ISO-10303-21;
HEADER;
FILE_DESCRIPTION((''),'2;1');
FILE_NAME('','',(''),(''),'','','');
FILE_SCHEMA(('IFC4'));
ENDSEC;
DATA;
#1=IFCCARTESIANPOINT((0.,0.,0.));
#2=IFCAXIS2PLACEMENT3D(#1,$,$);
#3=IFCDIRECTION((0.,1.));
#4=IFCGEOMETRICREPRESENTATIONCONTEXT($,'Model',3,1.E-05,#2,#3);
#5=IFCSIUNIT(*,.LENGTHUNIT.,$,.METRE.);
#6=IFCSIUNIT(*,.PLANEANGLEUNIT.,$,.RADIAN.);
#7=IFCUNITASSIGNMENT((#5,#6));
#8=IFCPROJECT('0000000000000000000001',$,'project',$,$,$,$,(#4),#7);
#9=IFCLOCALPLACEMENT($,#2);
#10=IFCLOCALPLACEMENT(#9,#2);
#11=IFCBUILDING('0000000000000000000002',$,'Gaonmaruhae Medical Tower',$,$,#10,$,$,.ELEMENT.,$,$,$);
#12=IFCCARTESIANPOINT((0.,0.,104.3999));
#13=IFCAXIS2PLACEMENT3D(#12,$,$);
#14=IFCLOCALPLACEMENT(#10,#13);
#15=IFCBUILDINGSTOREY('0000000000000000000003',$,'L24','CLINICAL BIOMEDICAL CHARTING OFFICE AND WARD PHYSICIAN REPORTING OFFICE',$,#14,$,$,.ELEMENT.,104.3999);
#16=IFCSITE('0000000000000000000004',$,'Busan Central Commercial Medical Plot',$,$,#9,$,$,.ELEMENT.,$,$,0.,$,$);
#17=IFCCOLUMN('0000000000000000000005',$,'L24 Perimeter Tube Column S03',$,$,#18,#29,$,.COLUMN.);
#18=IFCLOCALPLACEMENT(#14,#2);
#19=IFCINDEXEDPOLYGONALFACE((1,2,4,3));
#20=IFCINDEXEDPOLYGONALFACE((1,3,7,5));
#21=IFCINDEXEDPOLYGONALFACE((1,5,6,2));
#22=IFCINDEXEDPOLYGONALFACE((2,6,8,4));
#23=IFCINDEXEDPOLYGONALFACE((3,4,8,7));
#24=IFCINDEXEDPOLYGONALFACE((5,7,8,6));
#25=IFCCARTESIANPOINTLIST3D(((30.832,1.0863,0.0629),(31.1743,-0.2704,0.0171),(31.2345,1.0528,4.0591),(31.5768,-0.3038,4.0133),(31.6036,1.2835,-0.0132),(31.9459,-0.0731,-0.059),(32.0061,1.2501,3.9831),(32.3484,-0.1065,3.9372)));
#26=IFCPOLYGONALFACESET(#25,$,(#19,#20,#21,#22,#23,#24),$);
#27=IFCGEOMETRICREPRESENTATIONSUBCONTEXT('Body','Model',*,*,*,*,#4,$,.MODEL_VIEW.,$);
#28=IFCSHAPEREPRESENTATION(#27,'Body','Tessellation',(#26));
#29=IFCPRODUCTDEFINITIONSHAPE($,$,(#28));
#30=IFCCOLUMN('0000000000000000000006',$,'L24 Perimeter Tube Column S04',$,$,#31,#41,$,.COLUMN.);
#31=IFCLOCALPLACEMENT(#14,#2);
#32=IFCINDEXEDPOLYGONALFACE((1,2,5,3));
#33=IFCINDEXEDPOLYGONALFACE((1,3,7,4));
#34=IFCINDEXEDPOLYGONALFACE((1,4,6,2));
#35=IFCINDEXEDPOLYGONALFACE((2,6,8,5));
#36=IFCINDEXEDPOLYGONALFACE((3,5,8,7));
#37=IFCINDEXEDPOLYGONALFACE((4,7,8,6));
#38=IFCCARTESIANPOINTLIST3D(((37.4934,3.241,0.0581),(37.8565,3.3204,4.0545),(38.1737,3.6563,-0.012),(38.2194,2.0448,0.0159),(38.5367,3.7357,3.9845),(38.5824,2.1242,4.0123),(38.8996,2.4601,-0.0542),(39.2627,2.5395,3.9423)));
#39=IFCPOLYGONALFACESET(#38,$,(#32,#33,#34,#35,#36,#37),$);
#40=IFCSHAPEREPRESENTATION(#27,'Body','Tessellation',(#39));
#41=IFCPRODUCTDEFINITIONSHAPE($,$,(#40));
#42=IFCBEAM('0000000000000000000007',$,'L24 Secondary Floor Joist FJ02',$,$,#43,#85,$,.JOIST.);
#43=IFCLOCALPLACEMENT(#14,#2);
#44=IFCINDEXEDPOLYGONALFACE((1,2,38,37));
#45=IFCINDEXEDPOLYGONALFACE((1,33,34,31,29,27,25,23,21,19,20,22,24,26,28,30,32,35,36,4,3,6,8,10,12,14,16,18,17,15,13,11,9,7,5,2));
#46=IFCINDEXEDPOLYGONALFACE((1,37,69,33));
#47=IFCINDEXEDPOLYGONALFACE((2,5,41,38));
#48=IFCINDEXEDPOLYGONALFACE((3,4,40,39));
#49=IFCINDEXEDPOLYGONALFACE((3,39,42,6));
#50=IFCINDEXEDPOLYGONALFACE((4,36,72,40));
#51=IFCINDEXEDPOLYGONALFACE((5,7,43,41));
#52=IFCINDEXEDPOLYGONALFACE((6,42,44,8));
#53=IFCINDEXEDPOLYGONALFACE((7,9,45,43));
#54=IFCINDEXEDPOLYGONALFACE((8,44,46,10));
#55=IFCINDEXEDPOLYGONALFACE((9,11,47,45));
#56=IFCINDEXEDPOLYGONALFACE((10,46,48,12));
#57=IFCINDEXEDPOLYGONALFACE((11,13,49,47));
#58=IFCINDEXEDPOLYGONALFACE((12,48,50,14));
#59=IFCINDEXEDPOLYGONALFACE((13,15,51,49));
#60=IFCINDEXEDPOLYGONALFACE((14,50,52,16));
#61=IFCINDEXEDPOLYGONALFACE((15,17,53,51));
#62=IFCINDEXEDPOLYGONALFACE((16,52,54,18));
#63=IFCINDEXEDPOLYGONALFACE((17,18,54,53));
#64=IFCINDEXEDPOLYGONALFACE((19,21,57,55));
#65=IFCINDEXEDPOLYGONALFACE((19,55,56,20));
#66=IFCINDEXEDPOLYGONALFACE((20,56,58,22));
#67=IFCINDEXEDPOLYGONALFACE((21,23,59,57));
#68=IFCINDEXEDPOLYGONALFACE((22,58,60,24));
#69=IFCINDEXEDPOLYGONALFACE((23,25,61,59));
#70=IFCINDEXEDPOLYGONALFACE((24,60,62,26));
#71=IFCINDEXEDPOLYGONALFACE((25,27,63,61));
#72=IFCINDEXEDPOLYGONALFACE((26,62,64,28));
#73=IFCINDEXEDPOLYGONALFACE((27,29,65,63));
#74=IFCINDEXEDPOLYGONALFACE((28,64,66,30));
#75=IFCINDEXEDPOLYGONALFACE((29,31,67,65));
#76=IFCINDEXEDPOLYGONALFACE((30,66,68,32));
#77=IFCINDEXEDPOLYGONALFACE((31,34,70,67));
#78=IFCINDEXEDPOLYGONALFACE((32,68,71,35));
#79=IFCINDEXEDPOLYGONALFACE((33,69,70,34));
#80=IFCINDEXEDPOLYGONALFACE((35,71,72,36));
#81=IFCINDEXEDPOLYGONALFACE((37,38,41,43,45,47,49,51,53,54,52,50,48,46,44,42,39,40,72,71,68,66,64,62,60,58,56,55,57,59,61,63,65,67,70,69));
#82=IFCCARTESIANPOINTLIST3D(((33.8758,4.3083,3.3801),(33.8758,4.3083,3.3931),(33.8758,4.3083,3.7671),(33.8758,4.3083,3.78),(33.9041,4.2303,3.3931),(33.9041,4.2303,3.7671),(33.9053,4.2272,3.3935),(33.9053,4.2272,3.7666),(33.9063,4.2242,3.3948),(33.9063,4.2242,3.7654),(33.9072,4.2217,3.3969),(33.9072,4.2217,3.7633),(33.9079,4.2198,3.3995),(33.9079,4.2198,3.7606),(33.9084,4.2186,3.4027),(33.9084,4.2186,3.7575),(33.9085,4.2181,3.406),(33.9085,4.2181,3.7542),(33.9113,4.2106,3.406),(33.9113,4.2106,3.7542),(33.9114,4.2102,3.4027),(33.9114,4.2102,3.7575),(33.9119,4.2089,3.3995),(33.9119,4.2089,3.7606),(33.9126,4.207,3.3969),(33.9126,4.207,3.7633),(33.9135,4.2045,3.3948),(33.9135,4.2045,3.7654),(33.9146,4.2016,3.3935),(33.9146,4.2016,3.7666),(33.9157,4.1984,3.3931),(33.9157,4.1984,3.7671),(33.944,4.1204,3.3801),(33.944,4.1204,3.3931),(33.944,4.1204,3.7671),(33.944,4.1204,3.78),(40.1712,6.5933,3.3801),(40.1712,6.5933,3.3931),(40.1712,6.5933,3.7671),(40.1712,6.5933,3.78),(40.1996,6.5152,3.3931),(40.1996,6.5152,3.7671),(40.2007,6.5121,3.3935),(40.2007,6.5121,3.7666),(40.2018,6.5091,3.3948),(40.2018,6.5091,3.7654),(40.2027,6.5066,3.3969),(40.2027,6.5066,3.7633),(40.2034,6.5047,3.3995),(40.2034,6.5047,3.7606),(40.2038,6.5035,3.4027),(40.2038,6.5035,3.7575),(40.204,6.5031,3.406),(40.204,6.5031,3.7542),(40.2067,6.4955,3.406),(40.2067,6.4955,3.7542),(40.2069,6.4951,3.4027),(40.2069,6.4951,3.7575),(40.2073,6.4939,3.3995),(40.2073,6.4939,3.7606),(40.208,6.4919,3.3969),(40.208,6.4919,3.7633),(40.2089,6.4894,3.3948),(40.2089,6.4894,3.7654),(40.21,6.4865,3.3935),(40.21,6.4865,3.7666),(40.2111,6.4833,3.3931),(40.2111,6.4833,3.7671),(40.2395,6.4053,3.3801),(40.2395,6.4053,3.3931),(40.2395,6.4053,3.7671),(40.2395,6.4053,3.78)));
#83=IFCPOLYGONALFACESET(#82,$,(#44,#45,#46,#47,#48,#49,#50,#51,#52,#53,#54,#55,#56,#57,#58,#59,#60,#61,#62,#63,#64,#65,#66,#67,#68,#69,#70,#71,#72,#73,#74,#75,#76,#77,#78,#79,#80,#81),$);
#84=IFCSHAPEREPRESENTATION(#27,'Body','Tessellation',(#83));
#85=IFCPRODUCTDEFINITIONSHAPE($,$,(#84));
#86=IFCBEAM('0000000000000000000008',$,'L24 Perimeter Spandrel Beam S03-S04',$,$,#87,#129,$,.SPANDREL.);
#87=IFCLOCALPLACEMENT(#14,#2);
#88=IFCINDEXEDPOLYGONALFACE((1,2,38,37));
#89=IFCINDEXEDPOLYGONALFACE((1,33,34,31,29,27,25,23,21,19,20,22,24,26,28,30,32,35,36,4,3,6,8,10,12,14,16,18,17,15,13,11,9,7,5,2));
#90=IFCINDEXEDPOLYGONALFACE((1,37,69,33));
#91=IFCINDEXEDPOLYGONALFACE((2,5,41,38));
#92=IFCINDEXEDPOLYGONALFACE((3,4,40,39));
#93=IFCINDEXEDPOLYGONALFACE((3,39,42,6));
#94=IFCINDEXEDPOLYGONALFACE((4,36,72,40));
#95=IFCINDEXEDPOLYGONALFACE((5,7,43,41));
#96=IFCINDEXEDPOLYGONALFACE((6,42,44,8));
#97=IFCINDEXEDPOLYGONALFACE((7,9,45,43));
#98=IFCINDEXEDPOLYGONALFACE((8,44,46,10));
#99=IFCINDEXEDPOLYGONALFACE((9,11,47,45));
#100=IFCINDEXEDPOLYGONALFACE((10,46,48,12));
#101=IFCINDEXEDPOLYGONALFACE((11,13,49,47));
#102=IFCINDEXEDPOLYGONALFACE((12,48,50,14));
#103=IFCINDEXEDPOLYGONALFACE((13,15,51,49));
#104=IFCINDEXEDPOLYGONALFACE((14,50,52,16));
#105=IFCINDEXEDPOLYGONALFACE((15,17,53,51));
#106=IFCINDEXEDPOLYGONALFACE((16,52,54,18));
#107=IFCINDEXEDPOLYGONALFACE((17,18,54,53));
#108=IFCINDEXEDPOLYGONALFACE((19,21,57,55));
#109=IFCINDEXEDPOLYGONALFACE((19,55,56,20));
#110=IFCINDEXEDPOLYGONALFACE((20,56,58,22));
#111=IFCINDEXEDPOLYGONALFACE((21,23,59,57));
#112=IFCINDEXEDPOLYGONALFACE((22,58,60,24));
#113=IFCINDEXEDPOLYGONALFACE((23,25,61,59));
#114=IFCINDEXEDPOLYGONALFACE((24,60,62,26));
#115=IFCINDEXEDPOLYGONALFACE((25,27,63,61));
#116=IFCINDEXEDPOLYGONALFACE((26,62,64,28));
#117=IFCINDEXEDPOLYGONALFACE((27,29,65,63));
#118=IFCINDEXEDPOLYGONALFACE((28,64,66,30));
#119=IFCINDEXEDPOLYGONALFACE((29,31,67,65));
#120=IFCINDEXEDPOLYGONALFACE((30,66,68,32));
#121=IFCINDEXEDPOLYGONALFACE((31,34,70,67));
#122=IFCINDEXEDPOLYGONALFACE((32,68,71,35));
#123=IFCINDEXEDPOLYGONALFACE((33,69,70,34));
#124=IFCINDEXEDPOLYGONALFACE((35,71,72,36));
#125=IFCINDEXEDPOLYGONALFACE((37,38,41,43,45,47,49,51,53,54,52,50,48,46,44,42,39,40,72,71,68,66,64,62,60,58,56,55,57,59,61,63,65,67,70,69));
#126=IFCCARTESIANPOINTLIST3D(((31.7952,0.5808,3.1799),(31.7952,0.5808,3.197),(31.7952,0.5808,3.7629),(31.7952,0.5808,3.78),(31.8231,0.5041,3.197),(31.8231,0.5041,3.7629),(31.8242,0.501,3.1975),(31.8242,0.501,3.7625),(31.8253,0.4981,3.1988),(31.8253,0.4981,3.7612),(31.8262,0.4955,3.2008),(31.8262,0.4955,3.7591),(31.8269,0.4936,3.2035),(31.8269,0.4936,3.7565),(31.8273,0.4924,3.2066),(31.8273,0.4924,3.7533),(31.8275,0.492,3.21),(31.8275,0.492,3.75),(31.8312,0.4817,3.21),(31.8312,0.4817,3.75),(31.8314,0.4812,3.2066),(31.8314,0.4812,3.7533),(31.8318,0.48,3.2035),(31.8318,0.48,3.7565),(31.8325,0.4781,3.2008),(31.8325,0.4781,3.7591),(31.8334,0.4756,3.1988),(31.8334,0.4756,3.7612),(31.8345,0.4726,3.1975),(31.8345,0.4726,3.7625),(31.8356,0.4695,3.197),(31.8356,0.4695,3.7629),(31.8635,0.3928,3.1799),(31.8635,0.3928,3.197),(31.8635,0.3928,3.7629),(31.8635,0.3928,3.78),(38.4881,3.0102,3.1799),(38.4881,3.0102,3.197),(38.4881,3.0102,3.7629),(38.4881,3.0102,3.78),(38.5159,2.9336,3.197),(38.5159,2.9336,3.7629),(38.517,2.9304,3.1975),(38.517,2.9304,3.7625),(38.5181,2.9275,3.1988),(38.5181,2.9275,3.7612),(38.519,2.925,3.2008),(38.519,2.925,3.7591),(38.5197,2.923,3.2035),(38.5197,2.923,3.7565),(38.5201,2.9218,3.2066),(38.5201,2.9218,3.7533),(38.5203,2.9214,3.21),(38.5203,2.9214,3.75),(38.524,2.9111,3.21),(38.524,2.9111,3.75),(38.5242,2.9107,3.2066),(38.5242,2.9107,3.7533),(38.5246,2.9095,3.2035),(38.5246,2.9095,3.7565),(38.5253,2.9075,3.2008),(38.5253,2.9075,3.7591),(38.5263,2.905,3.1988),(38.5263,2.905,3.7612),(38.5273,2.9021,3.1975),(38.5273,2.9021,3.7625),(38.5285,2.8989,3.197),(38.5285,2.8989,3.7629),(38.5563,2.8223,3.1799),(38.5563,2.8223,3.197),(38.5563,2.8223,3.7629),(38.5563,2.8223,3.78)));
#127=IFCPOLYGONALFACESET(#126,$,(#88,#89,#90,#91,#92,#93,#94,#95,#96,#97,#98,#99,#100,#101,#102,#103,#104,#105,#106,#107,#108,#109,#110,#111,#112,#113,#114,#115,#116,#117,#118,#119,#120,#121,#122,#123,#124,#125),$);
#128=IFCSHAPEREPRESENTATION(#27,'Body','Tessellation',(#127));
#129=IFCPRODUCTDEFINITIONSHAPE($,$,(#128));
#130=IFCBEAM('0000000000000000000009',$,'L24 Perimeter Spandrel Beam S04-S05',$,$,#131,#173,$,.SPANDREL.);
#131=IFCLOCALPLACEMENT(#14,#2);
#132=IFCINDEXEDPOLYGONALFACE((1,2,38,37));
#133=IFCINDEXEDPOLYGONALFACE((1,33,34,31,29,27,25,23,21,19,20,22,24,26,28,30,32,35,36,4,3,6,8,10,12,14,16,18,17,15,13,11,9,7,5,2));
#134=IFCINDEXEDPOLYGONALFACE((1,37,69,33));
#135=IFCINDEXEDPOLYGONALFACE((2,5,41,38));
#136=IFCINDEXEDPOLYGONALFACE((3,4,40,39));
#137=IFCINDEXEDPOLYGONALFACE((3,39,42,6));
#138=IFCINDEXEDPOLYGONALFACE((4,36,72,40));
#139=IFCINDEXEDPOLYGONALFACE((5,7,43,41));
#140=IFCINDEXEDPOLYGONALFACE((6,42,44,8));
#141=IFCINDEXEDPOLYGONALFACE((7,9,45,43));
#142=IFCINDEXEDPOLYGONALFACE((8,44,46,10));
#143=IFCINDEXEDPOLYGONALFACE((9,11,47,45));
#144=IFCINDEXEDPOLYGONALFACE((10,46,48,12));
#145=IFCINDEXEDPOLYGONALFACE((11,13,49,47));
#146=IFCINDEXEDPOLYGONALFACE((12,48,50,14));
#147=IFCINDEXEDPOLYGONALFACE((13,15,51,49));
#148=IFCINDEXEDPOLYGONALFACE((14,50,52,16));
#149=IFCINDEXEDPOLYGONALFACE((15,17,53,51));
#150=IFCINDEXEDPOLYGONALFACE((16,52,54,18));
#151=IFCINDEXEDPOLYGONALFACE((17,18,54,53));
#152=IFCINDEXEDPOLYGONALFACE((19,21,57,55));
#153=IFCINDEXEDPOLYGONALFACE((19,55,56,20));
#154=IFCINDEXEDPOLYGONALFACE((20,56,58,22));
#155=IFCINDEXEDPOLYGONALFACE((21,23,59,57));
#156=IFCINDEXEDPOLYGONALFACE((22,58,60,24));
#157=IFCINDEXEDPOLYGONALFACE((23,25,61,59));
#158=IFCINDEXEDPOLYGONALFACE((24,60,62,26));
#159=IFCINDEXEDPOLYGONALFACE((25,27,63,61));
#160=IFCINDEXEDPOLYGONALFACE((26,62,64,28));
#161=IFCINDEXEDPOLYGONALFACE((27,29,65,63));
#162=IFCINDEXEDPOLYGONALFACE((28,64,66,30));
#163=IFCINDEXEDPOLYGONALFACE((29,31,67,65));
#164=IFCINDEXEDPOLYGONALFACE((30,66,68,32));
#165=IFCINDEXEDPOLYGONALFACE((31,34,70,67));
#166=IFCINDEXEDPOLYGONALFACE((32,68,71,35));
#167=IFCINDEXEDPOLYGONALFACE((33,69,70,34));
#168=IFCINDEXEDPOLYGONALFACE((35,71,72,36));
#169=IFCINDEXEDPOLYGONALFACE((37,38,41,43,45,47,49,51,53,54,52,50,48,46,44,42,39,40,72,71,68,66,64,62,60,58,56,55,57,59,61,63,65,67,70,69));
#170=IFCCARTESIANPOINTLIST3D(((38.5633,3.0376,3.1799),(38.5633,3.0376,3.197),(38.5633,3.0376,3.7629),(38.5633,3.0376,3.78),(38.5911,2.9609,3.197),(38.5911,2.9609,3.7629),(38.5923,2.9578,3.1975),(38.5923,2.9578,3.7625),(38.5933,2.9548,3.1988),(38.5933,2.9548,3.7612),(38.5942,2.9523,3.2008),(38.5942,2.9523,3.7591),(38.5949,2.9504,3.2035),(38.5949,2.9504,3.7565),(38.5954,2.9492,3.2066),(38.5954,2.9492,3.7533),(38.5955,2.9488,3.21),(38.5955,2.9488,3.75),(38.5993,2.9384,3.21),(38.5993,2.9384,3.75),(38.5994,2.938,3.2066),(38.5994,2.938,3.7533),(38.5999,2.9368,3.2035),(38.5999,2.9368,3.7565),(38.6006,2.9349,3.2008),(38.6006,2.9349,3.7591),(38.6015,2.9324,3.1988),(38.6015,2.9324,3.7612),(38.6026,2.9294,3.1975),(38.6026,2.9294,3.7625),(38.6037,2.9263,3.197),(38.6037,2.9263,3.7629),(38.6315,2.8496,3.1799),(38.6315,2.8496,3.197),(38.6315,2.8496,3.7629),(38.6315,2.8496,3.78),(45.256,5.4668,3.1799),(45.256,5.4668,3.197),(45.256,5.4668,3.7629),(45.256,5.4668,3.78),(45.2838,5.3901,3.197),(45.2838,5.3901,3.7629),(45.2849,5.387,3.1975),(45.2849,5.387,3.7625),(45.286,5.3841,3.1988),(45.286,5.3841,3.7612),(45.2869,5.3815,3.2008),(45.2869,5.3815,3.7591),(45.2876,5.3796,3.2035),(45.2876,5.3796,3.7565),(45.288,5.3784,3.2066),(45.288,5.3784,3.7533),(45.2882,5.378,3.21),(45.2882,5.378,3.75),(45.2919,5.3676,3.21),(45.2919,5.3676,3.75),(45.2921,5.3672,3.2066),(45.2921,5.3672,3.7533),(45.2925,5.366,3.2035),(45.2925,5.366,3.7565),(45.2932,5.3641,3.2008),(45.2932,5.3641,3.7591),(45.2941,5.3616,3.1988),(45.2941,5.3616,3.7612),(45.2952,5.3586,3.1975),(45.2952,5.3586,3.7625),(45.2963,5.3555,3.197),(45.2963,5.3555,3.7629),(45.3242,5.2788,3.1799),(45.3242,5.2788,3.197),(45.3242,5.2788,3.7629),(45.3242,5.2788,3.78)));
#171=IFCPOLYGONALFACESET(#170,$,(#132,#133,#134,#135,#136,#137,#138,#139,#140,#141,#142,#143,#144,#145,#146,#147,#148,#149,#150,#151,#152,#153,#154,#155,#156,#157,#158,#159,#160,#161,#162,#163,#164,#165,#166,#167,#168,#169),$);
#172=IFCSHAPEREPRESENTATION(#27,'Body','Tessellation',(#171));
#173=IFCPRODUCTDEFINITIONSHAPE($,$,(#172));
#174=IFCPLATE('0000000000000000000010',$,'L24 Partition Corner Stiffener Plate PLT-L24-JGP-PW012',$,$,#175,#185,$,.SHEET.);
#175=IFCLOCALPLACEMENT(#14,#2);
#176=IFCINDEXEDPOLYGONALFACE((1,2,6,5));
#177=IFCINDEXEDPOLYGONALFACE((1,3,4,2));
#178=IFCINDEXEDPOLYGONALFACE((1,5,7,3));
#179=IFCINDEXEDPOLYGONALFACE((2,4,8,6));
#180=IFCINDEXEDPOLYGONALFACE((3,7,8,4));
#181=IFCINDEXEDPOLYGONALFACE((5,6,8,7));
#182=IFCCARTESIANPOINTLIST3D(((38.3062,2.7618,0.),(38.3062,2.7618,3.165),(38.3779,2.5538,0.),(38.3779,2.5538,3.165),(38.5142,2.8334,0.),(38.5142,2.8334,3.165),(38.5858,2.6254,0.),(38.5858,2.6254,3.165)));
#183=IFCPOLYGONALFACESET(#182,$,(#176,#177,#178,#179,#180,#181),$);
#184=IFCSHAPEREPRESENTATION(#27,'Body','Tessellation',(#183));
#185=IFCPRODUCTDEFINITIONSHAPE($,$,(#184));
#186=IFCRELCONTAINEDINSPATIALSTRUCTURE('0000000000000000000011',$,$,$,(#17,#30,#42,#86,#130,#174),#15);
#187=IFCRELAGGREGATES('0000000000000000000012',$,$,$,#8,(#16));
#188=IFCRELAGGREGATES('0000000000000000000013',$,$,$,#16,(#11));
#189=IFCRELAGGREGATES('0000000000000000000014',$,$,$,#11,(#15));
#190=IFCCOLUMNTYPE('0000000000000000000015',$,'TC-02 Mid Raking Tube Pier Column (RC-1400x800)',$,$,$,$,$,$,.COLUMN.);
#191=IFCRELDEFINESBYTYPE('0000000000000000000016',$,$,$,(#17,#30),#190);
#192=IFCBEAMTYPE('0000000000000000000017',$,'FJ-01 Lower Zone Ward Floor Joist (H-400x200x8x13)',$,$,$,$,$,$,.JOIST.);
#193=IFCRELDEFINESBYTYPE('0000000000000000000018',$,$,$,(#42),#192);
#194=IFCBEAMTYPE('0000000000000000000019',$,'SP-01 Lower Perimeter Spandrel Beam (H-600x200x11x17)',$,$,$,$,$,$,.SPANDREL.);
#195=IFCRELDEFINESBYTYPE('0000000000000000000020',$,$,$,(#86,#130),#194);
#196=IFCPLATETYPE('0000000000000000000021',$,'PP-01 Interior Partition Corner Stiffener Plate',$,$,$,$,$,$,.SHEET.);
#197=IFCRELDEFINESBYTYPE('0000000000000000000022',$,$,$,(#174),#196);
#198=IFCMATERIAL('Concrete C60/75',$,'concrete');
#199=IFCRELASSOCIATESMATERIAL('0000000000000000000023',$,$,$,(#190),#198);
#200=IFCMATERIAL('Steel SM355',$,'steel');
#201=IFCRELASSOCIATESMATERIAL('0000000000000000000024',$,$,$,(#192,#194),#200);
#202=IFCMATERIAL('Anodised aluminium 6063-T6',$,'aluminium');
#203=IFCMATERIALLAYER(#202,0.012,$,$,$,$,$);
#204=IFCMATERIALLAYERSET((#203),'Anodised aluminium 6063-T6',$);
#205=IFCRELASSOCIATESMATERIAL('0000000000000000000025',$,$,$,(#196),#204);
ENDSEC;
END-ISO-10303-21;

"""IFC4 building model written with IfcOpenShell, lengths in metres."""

from ifc_helpers import new_model, si_unit, direction, frame, origin, origin_2d, place, context, subcontext, project, spatial, rectangle, i_section, extrude, material, layer, layer_set, material_profile, profile_set, type_object, element, save


model = new_model("IFC4")

# Units and contexts
model_context = context("Model", 3, precision=1e-05, world=origin(), true_north=direction((0.0, 1.0)))
body_context = subcontext(model_context, "Body", "Model", "MODEL_VIEW")
ifc_project = project(units=[si_unit("LENGTHUNIT", "METRE"), si_unit("PLANEANGLEUNIT", "RADIAN")], contexts=[model_context])

# Site, building, storey
site_placement = place(None, origin())
site = spatial("IfcSite", under=ifc_project, at=site_placement, Name="Busan Central Commercial Medical Plot", CompositionType="ELEMENT", RefElevation=0.0)
building_placement = place(site_placement, origin())
building = spatial("IfcBuilding", under=site, at=building_placement, Name="Gaonmaruhae Medical Tower", CompositionType="ELEMENT")
storey_placement = place(building_placement, frame((0.0, 0.0, 104.3999)))
storey = spatial("IfcBuildingStorey", under=building, at=storey_placement, Name="L24", Description="CLINICAL BIOMEDICAL CHARTING OFFICE AND WARD PHYSICIAN REPORTING OFFICE", CompositionType="ELEMENT", Elevation=104.3999)

# Columns
ifc_material_1 = material(Name="Concrete C60/75", Category="concrete")
ifc_material_profile_1 = material_profile(ifc_material_1, rectangle(XDim=1.3999, YDim=0.8, at=origin_2d()), Name="RC-1400x800")
ifc_profile_set_1 = profile_set([ifc_material_profile_1], Name="Concrete C60/75")
column_type = type_object("IfcColumnType", Name="TC-02 Mid Raking Tube Pier Column (RC-1400x800)", PredefinedType="COLUMN", material=ifc_profile_set_1)
column_1_placement = place(storey_placement, frame((31.3889, 0.5066, 0.002), z_axis=(0.100228, -0.008327, 0.99493), x_axis=(-0.244521, 0.969091, 0.032744)))
element("IfcColumn", 1, at=column_1_placement, inside=storey, type_object=column_type, Name="L24 Perimeter Tube Column S03", PredefinedType="COLUMN", context=body_context, shape_type="SweptSolid", body=[
    extrude(rectangle(XDim=1.3999, YDim=0.8, at=origin_2d()), origin(), (0.0, 0.0, 1.0), 4.0166),
])
column_2_placement = place(storey_placement, frame((38.1965, 2.8506, 0.002), z_axis=(0.090452, 0.019769, 0.995705), x_axis=(-0.518582, 0.854497, 0.030144)))
element("IfcColumn", 2, at=column_2_placement, inside=storey, type_object=column_type, Name="L24 Perimeter Tube Column S04", PredefinedType="COLUMN", context=body_context, shape_type="SweptSolid", body=[
    extrude(rectangle(XDim=1.3999, YDim=0.8, at=origin_2d()), origin(), (0.0, 0.0, 1.0), 4.0137),
])

# Beams
ifc_material_2 = material(Name="Steel SM355", Category="steel")
ifc_material_profile_2 = material_profile(ifc_material_2, i_section(OverallWidth=0.2, OverallDepth=0.3999, WebThickness=0.0081, FlangeThickness=0.0129, FilletRadius=0.0129, at=origin_2d()), Name="H-400x200x8x13")
ifc_profile_set_2 = profile_set([ifc_material_profile_2], Name="Steel SM355")
beam_type_1 = type_object("IfcBeamType", Name="FJ-01 Lower Zone Ward Floor Joist (H-400x200x8x13)", PredefinedType="JOIST", material=ifc_profile_set_2)
beam_1_placement = place(storey_placement, frame((33.9099, 4.2144, 3.5801), z_axis=(0.940001, 0.341172, 0.0), x_axis=(-0.341172, 0.940001, 0.0)))
element("IfcBeam", 3, at=beam_1_placement, inside=storey, type_object=beam_type_1, Name="L24 Secondary Floor Joist FJ02", PredefinedType="JOIST", context=body_context, shape_type="SweptSolid", body=[
    extrude(i_section(OverallWidth=0.2, OverallDepth=0.3999, WebThickness=0.0081, FlangeThickness=0.0129, FilletRadius=0.0129, at=origin_2d()), origin(), (0.0, 0.0, 1.0), 6.6973),
])
ifc_material_profile_3 = material_profile(ifc_material_2, i_section(OverallWidth=0.2, OverallDepth=0.6001, WebThickness=0.011, FlangeThickness=0.0171, FilletRadius=0.0129, at=origin_2d()), Name="H-600x200x11x17")
ifc_profile_set_3 = profile_set([ifc_material_profile_3], Name="Steel SM355")
beam_type_2 = type_object("IfcBeamType", Name="SP-01 Lower Perimeter Spandrel Beam (H-600x200x11x17)", PredefinedType="SPANDREL", material=ifc_profile_set_3)
beam_2_placement = place(storey_placement, frame((31.8293, 0.4868, 3.48), z_axis=(0.939988, 0.341206, 0.0), x_axis=(-0.341206, 0.939988, 0.0)))
element("IfcBeam", 4, at=beam_2_placement, inside=storey, type_object=beam_type_2, Name="L24 Perimeter Spandrel Beam S03-S04", PredefinedType="SPANDREL", context=body_context, shape_type="SweptSolid", body=[
    extrude(i_section(OverallWidth=0.2, OverallDepth=0.6001, WebThickness=0.011, FlangeThickness=0.0171, FilletRadius=0.0129, at=origin_2d()), origin(), (0.0, 0.0, 1.0), 7.1201),
])
beam_3_placement = place(storey_placement, frame((38.5974, 2.9436, 3.48), z_axis=(0.939995, 0.341187, 0.0), x_axis=(-0.341187, 0.939995, 0.0)))
element("IfcBeam", 5, at=beam_3_placement, inside=storey, type_object=beam_type_2, Name="L24 Perimeter Spandrel Beam S04-S05", PredefinedType="SPANDREL", context=body_context, shape_type="SweptSolid", body=[
    extrude(i_section(OverallWidth=0.2, OverallDepth=0.6001, WebThickness=0.011, FlangeThickness=0.0171, FilletRadius=0.0129, at=origin_2d()), origin(), (0.0, 0.0, 1.0), 7.1199),
])

# Plate
ifc_material_3 = material(Name="Anodised aluminium 6063-T6", Category="aluminium")
ifc_layer_1 = layer(ifc_material_3, 0.012)
ifc_layer_set_1 = layer_set([ifc_layer_1], Name="Anodised aluminium 6063-T6")
plate_type = type_object("IfcPlateType", Name="PP-01 Interior Partition Corner Stiffener Plate", PredefinedType="SHEET", material=ifc_layer_set_1)
plate_1_placement = place(storey_placement, frame((38.446, 2.6936, 0.0), z_axis=(0.0, 0.0, 1.0), x_axis=(-0.945513, -0.325585, 0.0)))
element("IfcPlate", 6, at=plate_1_placement, inside=storey, type_object=plate_type, Name="L24 Partition Corner Stiffener Plate PLT-L24-JGP-PW012", PredefinedType="SHEET", context=body_context, shape_type="SweptSolid", body=[
    extrude(rectangle(XDim=0.22, YDim=0.22, at=origin_2d()), origin(), (0.0, 0.0, 1.0), 3.165),
])

save(model, "model.ifc")
